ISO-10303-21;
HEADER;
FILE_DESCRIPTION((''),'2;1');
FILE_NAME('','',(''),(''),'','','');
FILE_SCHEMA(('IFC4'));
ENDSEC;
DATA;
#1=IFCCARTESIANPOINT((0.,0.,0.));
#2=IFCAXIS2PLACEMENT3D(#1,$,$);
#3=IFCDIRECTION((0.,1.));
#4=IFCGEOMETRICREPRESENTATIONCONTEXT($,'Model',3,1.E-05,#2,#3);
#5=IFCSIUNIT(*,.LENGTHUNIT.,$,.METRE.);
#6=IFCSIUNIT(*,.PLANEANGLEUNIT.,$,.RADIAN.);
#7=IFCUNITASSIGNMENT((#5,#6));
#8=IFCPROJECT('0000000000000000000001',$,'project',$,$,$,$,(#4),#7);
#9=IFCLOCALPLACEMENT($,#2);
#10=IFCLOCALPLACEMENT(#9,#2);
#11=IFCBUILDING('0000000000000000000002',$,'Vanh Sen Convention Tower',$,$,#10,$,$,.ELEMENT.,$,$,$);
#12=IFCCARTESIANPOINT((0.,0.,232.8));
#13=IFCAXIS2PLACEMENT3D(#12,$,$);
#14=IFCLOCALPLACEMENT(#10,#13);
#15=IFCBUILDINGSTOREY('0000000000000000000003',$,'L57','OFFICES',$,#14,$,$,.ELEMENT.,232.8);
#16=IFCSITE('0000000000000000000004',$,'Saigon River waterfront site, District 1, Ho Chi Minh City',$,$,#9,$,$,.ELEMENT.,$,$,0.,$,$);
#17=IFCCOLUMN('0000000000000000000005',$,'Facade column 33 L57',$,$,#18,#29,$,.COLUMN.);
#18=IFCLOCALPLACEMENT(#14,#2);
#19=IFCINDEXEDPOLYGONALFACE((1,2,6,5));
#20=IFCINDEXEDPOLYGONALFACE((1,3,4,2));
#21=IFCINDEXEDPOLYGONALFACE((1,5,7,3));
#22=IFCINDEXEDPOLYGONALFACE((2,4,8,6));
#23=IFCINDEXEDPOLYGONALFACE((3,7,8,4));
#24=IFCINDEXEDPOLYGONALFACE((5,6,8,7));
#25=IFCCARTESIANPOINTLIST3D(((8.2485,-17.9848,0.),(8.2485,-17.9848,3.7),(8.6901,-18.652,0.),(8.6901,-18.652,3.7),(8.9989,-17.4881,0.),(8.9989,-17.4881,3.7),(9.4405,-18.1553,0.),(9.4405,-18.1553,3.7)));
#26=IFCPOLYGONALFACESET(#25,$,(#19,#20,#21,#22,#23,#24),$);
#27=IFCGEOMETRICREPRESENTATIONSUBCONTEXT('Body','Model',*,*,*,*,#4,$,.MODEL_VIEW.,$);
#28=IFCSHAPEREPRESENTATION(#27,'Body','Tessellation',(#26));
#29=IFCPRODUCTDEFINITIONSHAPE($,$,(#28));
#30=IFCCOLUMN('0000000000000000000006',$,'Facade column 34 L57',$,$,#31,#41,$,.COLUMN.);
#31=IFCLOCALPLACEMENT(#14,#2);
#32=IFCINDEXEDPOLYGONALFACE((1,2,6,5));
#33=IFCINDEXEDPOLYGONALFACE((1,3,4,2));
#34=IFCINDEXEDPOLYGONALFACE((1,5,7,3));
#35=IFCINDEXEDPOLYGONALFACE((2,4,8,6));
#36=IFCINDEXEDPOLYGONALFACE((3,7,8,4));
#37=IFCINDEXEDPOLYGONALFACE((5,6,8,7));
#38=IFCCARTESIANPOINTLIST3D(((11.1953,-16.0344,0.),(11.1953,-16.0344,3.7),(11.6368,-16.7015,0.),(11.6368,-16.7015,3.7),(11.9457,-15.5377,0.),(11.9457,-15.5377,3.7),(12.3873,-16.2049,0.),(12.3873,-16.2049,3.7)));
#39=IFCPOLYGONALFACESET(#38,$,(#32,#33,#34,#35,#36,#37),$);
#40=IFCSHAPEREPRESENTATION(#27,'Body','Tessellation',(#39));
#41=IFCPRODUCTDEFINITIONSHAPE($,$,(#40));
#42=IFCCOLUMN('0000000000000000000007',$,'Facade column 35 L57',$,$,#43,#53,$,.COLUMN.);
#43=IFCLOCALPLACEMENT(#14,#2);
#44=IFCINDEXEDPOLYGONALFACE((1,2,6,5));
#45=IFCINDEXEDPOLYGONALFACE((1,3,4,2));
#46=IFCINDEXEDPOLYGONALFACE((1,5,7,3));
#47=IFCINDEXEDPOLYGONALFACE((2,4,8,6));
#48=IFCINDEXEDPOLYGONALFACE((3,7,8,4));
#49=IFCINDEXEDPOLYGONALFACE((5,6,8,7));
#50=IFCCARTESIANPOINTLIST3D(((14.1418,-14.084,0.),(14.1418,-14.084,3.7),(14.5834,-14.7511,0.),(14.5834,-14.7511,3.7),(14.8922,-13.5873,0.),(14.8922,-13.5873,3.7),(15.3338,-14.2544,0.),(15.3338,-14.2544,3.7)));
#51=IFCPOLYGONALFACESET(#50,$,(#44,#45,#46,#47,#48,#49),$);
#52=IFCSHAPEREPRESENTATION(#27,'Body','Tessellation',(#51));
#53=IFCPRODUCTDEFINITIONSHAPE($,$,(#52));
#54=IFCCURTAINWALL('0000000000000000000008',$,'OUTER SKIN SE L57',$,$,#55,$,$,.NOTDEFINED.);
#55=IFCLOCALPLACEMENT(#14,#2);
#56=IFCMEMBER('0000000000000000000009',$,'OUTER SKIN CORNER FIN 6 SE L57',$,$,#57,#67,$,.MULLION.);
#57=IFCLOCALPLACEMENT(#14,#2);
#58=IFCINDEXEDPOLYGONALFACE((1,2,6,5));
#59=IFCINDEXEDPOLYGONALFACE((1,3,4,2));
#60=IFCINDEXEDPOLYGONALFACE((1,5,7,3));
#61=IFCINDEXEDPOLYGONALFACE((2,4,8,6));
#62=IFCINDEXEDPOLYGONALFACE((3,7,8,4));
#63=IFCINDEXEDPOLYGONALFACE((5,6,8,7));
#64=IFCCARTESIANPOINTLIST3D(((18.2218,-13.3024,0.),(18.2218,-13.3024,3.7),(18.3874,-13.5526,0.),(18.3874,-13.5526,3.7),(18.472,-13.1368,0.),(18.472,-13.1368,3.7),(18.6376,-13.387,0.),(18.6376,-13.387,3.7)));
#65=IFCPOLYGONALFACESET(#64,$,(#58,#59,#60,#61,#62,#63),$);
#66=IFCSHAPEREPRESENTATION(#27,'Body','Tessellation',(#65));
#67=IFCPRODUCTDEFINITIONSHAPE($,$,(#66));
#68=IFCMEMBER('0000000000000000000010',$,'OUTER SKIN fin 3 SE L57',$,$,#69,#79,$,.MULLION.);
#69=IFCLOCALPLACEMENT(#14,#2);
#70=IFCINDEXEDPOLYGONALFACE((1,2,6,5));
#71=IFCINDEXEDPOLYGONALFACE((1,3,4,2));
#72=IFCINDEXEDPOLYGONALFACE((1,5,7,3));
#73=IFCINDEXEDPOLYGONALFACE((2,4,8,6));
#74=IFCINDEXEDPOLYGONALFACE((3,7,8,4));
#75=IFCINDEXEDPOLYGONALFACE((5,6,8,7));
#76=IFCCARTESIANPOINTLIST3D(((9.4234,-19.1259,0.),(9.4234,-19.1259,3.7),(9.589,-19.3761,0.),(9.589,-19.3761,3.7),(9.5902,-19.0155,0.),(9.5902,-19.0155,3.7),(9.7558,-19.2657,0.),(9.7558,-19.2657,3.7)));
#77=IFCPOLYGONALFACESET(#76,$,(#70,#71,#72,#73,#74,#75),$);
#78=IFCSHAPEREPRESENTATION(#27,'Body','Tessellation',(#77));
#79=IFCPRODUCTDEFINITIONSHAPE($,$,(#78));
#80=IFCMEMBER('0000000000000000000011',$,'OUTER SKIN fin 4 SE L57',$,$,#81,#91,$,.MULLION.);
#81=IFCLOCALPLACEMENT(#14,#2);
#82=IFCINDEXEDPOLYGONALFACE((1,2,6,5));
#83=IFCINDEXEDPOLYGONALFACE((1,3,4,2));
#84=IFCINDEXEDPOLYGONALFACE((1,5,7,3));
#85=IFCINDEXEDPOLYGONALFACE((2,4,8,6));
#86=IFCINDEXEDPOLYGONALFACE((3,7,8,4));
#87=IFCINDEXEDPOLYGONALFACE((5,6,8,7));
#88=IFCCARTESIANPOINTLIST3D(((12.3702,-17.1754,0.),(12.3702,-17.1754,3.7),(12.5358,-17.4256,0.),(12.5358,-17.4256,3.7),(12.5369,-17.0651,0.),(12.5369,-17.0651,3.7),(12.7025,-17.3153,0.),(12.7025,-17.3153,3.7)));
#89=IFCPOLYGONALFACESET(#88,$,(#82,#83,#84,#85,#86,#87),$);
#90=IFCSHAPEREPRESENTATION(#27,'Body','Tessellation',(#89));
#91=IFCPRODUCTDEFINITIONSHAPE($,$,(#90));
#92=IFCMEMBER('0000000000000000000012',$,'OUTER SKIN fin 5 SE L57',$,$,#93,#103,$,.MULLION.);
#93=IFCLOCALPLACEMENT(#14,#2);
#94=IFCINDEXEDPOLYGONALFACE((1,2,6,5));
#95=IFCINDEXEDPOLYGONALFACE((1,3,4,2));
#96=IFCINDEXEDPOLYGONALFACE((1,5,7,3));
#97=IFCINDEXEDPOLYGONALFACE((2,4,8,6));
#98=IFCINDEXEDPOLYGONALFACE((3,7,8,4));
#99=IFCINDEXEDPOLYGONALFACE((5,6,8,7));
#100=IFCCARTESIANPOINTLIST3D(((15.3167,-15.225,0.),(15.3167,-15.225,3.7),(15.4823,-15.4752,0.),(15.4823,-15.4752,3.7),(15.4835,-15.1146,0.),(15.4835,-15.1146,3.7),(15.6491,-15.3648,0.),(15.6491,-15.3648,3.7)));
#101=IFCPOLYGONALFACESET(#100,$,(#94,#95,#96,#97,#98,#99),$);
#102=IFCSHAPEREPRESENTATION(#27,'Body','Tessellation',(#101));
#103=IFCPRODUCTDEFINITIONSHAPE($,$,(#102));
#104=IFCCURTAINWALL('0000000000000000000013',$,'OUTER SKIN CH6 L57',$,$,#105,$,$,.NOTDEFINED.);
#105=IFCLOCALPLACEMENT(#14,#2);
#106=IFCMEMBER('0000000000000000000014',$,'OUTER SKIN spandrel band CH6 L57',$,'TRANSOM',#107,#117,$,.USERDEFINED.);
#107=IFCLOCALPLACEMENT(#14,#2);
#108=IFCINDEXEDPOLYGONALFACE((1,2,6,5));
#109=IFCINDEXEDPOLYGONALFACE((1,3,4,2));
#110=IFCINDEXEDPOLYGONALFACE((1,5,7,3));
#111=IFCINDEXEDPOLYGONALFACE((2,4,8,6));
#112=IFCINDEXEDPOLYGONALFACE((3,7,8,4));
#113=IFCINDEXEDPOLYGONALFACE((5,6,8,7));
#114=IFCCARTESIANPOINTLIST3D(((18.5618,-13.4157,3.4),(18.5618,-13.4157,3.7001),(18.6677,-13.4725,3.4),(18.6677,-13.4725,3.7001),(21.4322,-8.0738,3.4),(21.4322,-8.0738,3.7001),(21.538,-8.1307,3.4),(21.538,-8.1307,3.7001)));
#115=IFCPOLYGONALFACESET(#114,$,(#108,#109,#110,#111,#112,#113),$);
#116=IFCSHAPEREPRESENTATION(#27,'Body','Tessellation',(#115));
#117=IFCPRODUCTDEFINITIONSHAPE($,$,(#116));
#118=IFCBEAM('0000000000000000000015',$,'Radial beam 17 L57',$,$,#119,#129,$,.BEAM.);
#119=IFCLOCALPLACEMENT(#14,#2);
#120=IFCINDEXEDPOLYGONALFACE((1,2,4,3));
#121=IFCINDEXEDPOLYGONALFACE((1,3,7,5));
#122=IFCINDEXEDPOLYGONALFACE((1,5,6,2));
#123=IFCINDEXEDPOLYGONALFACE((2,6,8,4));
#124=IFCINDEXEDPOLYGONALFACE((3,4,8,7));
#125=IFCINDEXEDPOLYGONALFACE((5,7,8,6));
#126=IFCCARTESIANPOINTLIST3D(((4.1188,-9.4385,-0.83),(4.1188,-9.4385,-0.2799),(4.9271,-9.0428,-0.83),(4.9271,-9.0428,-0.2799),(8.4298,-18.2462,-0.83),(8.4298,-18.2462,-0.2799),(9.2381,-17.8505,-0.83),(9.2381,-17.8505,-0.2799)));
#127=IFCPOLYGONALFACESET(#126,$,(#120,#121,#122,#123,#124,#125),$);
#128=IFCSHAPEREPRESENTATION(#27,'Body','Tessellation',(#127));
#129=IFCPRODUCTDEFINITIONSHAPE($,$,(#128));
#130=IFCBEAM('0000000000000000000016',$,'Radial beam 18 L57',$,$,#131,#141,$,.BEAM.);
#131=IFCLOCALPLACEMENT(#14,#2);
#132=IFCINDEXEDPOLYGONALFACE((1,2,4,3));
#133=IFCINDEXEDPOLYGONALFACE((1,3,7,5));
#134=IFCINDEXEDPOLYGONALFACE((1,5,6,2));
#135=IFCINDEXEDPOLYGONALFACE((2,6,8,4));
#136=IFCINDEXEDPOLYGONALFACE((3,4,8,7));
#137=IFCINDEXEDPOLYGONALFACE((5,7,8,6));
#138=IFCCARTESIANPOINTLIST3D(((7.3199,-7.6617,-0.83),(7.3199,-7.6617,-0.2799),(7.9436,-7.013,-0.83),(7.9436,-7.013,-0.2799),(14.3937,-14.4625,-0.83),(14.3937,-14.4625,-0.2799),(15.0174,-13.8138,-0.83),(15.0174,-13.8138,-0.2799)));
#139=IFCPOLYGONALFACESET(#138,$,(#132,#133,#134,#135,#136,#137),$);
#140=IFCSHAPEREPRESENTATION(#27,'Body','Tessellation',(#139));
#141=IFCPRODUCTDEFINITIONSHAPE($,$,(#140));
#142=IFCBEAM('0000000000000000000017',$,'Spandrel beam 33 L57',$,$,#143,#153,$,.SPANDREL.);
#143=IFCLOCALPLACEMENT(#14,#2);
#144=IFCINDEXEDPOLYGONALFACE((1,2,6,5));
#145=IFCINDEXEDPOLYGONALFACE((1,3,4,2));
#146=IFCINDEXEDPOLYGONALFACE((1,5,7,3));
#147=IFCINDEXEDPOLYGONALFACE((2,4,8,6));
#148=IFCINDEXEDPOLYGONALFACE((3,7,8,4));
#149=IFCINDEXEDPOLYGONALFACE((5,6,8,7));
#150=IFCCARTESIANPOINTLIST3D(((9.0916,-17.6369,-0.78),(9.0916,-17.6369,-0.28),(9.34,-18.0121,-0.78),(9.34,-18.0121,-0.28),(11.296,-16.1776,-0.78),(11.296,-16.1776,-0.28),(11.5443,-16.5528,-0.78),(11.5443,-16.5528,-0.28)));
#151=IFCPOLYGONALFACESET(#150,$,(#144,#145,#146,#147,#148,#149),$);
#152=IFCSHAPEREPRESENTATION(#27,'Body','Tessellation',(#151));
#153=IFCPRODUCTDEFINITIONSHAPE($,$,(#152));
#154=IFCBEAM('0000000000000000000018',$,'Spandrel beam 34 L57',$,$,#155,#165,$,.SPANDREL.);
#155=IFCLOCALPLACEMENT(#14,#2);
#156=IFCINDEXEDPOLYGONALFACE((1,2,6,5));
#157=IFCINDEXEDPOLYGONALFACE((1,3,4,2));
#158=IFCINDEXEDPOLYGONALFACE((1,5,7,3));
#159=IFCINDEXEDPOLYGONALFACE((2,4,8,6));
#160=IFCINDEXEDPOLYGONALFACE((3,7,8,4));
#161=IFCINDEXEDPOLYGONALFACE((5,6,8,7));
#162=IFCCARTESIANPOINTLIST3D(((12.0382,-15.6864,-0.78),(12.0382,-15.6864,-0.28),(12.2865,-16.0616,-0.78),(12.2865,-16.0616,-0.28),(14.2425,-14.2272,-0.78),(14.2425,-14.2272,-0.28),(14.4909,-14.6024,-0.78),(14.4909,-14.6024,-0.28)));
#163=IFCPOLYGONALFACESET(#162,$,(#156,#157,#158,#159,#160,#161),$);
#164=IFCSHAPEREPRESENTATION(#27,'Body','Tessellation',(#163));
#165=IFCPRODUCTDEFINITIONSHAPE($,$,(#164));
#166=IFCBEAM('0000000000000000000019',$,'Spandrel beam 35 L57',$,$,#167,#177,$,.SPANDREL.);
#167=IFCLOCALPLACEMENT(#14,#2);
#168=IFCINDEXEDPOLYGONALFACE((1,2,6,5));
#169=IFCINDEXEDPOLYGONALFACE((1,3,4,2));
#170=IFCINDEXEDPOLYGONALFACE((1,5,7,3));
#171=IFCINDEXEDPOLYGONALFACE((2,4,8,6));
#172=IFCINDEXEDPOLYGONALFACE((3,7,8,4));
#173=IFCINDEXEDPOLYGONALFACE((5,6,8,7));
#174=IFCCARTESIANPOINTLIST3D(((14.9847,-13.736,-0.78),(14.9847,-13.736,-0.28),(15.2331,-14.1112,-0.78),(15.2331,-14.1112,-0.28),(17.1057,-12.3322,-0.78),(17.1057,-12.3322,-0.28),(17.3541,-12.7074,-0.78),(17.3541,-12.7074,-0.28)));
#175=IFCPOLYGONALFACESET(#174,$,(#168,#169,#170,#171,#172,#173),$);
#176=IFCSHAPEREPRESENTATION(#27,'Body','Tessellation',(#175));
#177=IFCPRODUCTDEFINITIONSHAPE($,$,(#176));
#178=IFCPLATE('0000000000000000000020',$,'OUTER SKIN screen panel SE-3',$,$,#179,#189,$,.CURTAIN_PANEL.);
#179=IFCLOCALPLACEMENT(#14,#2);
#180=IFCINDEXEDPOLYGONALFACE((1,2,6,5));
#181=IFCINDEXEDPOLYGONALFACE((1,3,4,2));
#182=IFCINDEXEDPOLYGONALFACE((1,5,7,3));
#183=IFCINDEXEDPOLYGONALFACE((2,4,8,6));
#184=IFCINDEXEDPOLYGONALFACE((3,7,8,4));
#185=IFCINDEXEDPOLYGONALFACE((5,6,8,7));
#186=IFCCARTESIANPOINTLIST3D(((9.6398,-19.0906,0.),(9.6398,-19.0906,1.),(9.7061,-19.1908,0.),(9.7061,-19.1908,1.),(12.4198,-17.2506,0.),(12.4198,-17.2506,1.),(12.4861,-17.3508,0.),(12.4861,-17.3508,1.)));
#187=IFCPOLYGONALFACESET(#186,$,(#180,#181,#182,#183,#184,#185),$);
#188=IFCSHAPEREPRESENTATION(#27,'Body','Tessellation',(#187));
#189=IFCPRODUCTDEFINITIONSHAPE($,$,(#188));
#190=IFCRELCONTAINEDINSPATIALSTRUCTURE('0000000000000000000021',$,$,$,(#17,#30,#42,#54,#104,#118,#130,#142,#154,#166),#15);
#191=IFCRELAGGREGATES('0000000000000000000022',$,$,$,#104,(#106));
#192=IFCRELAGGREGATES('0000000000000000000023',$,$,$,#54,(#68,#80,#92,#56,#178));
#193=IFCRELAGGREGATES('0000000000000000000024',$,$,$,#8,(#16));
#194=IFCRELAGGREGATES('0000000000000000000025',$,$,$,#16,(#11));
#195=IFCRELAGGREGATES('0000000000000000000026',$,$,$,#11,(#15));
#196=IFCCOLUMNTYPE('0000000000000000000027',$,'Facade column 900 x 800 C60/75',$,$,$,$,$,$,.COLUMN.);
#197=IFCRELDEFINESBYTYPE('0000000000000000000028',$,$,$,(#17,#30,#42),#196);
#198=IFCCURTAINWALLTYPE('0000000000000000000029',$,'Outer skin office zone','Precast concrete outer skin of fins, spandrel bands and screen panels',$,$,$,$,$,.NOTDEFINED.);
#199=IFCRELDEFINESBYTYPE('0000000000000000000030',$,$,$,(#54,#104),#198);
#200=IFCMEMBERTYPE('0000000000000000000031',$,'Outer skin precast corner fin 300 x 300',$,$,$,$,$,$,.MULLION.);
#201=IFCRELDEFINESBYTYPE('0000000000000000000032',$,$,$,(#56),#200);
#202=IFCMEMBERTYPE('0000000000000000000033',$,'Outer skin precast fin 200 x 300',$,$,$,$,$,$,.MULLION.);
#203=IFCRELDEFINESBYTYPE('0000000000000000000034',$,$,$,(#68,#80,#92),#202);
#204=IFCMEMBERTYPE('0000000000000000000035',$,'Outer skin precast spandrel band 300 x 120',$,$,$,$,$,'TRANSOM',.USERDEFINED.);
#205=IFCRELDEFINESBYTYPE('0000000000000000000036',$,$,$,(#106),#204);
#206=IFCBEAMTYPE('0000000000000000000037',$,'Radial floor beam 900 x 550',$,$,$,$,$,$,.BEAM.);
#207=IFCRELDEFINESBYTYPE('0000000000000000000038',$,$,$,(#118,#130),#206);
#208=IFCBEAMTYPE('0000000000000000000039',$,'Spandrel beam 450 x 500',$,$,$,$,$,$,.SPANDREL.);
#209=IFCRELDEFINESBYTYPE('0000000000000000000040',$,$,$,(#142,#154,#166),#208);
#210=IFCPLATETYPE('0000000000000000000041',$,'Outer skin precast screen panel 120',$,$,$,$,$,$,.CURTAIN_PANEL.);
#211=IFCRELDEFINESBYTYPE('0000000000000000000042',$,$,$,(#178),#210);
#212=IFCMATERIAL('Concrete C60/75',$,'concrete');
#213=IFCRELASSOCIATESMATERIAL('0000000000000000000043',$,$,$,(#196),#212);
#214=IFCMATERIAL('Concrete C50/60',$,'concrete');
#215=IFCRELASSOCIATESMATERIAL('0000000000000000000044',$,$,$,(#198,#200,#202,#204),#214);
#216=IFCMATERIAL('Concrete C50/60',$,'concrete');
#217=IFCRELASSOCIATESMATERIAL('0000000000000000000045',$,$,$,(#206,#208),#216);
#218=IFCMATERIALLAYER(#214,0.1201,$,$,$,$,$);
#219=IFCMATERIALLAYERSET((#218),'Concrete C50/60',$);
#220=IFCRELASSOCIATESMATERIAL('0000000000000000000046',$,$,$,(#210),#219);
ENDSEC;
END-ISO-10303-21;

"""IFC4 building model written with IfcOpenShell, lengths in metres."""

from ifc_helpers import new_model, si_unit, direction, frame, origin, origin_2d, place, context, subcontext, project, spatial, rectangle, extrude, material, layer, layer_set, material_profile, profile_set, type_object, element, aggregate, save


model = new_model("IFC4")

# Units and contexts
model_context = context("Model", 3, precision=1e-05, world=origin(), true_north=direction((0.0, 1.0)))
body_context = subcontext(model_context, "Body", "Model", "MODEL_VIEW")
ifc_project = project(units=[si_unit("LENGTHUNIT", "METRE"), si_unit("PLANEANGLEUNIT", "RADIAN")], contexts=[model_context])

# Site, building, storey
site_placement = place(None, origin())
site = spatial("IfcSite", under=ifc_project, at=site_placement, Name="Saigon River waterfront site, District 1, Ho Chi Minh City", CompositionType="ELEMENT", RefElevation=0.0)
building_placement = place(site_placement, origin())
building = spatial("IfcBuilding", under=site, at=building_placement, Name="Vanh Sen Convention Tower", CompositionType="ELEMENT")
storey_placement = place(building_placement, frame((0.0, 0.0, 232.8)))
storey = spatial("IfcBuildingStorey", under=building, at=storey_placement, Name="L57", Description="OFFICES", CompositionType="ELEMENT", Elevation=232.8)

# Columns
ifc_material_1 = material(Name="Concrete C60/75", Category="concrete")
ifc_material_profile_1 = material_profile(ifc_material_1, rectangle(XDim=0.8999, YDim=0.8, at=origin_2d()), Name="RC 900X800")
ifc_profile_set_1 = profile_set([ifc_material_profile_1], Name="Concrete C60/75")
column_type = type_object("IfcColumnType", Name="Facade column 900 x 800 C60/75", PredefinedType="COLUMN", material=ifc_profile_set_1)
for number, where, z_axis, x_axis, name in (
    (1, (8.8445, -18.0701, 0.0), (0.0, 0.0, 1.0), (0.833886, 0.551937, 0.0), "Facade column 33 L57"),
    (2, (11.7913, -16.1196, 0.0), (0.0, 0.0, 1.0), (0.833886, 0.551937, 0.0), "Facade column 34 L57"),
    (3, (14.7378, -14.1692, 0.0), (0.0, 0.0, 1.0), (0.833886, 0.551937, 0.0), "Facade column 35 L57"),
):
    element("IfcColumn", number, at=place(storey_placement, frame(where, z_axis=z_axis, x_axis=x_axis)), inside=storey, type_object=column_type, Name=name, PredefinedType="COLUMN", context=body_context, shape_type="SweptSolid", body=[
        extrude(rectangle(XDim=0.8999, YDim=0.8, at=origin_2d()), origin(), (0.0, 0.0, 1.0), 3.7),
    ])

# Curtain wall, members
ifc_material_2 = material(Name="Concrete C50/60", Category="concrete")
curtain_wall_type = type_object("IfcCurtainWallType", Name="Outer skin office zone", Description="Precast concrete outer skin of fins, spandrel bands and screen panels", PredefinedType="NOTDEFINED", material=ifc_material_2)
curtain_wall_1_placement = place(storey_placement, origin())
curtain_wall_1 = element("IfcCurtainWall", 4, at=curtain_wall_1_placement, inside=storey, type_object=curtain_wall_type, Name="OUTER SKIN SE L57", PredefinedType="NOTDEFINED")
ifc_material_profile_2 = material_profile(ifc_material_2, rectangle(XDim=0.3, YDim=0.3, at=origin_2d()), Name="Outer skin precast corner fin 300 x 300")
ifc_profile_set_2 = profile_set([ifc_material_profile_2], Name="Concrete C50/60")
member_type_1 = type_object("IfcMemberType", Name="Outer skin precast corner fin 300 x 300", PredefinedType="MULLION", material=ifc_profile_set_2)
member_1_placement = place(storey_placement, frame((18.4297, -13.3447, 0.0), z_axis=(0.0, 0.0, 1.0), x_axis=(0.833886, 0.551937, 0.0)))
member_1 = element("IfcMember", 5, at=member_1_placement, type_object=member_type_1, Name="OUTER SKIN CORNER FIN 6 SE L57", PredefinedType="MULLION", context=body_context, shape_type="SweptSolid", body=[
    extrude(rectangle(XDim=0.3, YDim=0.3, at=origin_2d()), origin(), (0.0, 0.0, 1.0), 3.7),
])
ifc_material_profile_3 = material_profile(ifc_material_2, rectangle(XDim=0.2, YDim=0.3, at=origin_2d()), Name="Outer skin precast fin 200 x 300")
ifc_profile_set_3 = profile_set([ifc_material_profile_3], Name="Concrete C50/60")
member_type_2 = type_object("IfcMemberType", Name="Outer skin precast fin 200 x 300", PredefinedType="MULLION", material=ifc_profile_set_3)
member_2_placement = place(storey_placement, frame((9.5896, -19.1958, 0.0), z_axis=(0.0, 0.0, 1.0), x_axis=(0.833886, 0.551937, 0.0)))
member_2 = element("IfcMember", 6, at=member_2_placement, type_object=member_type_2, Name="OUTER SKIN fin 3 SE L57", PredefinedType="MULLION", context=body_context, shape_type="SweptSolid", body=[
    extrude(rectangle(XDim=0.2, YDim=0.3, at=origin_2d()), origin(), (0.0, 0.0, 1.0), 3.7),
])
member_3_placement = place(storey_placement, frame((12.5364, -17.2454, 0.0), z_axis=(0.0, 0.0, 1.0), x_axis=(0.833886, 0.551937, 0.0)))
member_3 = element("IfcMember", 7, at=member_3_placement, type_object=member_type_2, Name="OUTER SKIN fin 4 SE L57", PredefinedType="MULLION", context=body_context, shape_type="SweptSolid", body=[
    extrude(rectangle(XDim=0.2, YDim=0.3, at=origin_2d()), origin(), (0.0, 0.0, 1.0), 3.7),
])
member_4_placement = place(storey_placement, frame((15.4829, -15.2949, 0.0), z_axis=(0.0, 0.0, 1.0), x_axis=(0.833886, 0.551937, 0.0)))
member_4 = element("IfcMember", 8, at=member_4_placement, type_object=member_type_2, Name="OUTER SKIN fin 5 SE L57", PredefinedType="MULLION", context=body_context, shape_type="SweptSolid", body=[
    extrude(rectangle(XDim=0.2, YDim=0.3, at=origin_2d()), origin(), (0.0, 0.0, 1.0), 3.7),
])

# Curtain wall, member
curtain_wall_2_placement = place(storey_placement, origin())
curtain_wall_2 = element("IfcCurtainWall", 9, at=curtain_wall_2_placement, inside=storey, type_object=curtain_wall_type, Name="OUTER SKIN CH6 L57", PredefinedType="NOTDEFINED")
ifc_material_profile_4 = material_profile(ifc_material_2, rectangle(XDim=0.1201, YDim=0.3, at=origin_2d()), Name="Outer skin precast spandrel band 300 x 120")
ifc_profile_set_4 = profile_set([ifc_material_profile_4], Name="Concrete C50/60")
member_type_3 = type_object("IfcMemberType", Name="Outer skin precast spandrel band 300 x 120", ElementType="TRANSOM", PredefinedType="USERDEFINED", material=ifc_profile_set_4)
member_5_placement = place(storey_placement, frame((18.6147, -13.4441, 3.55), z_axis=(0.473334, 0.880883, 0.0), x_axis=(-0.880883, 0.473334, 0.0)))
member_5 = element("IfcMember", 10, at=member_5_placement, type_object=member_type_3, Name="OUTER SKIN spandrel band CH6 L57", ObjectType="TRANSOM", PredefinedType="USERDEFINED", context=body_context, shape_type="SweptSolid", body=[
    extrude(rectangle(XDim=0.1201, YDim=0.3, at=origin_2d()), origin(), (0.0, 0.0, 1.0), 6.0642),
])
aggregate(curtain_wall_2, [member_5])

# Beams
ifc_material_3 = material(Name="Concrete C50/60", Category="concrete")
ifc_material_profile_5 = material_profile(ifc_material_3, rectangle(XDim=0.8999, YDim=0.55, at=origin_2d()), Name="RC 900X550")
ifc_profile_set_5 = profile_set([ifc_material_profile_5], Name="Concrete C50/60")
beam_type_1 = type_object("IfcBeamType", Name="Radial floor beam 900 x 550", PredefinedType="BEAM", material=ifc_profile_set_5)
beam_1_placement = place(storey_placement, frame((8.834, -18.0483, -0.5549), z_axis=(-0.439629, 0.898179, 0.0), x_axis=(-0.898179, -0.439629, 0.0)))
element("IfcBeam", 11, at=beam_1_placement, inside=storey, type_object=beam_type_1, Name="Radial beam 17 L57", PredefinedType="BEAM", context=body_context, shape_type="SweptSolid", body=[
    extrude(rectangle(XDim=0.8999, YDim=0.55, at=origin_2d()), origin(), (0.0, 0.0, 1.0), 9.8062),
])
beam_2_placement = place(storey_placement, frame((14.7056, -14.1382, -0.5549), z_axis=(-0.720878, 0.693062, 0.0), x_axis=(-0.693062, -0.720878, 0.0)))
element("IfcBeam", 12, at=beam_2_placement, inside=storey, type_object=beam_type_1, Name="Radial beam 18 L57", PredefinedType="BEAM", context=body_context, shape_type="SweptSolid", body=[
    extrude(rectangle(XDim=0.8999, YDim=0.55, at=origin_2d()), origin(), (0.0, 0.0, 1.0), 9.8127),
])
ifc_material_profile_6 = material_profile(ifc_material_3, rectangle(XDim=0.45, YDim=0.5, at=origin_2d()), Name="RC 450X500")
ifc_profile_set_6 = profile_set([ifc_material_profile_6], Name="Concrete C50/60")
beam_type_2 = type_object("IfcBeamType", Name="Spandrel beam 450 x 500", PredefinedType="SPANDREL", material=ifc_profile_set_6)
for number, where, z_axis, x_axis, name in (
    (13, (9.2158, -17.8245, -0.53), (0.83385, 0.551991, 0.0), (-0.551991, 0.83385, 0.0), "Spandrel beam 33 L57"),
    (14, (12.1624, -15.874, -0.53), (0.83385, 0.551991, 0.0), (-0.551991, 0.83385, 0.0), "Spandrel beam 34 L57"),
):
    element("IfcBeam", number, at=place(storey_placement, frame(where, z_axis=z_axis, x_axis=x_axis)), inside=storey, type_object=beam_type_2, Name=name, PredefinedType="SPANDREL", context=body_context, shape_type="SweptSolid", body=[
        extrude(rectangle(XDim=0.45, YDim=0.5, at=origin_2d()), origin(), (0.0, 0.0, 1.0), 2.6436),
    ])
beam_3_placement = place(storey_placement, frame((15.1089, -13.9236, -0.53), z_axis=(0.833906, 0.551906, 0.0), x_axis=(-0.551906, 0.833906, 0.0)))
element("IfcBeam", 15, at=beam_3_placement, inside=storey, type_object=beam_type_2, Name="Spandrel beam 35 L57", PredefinedType="SPANDREL", context=body_context, shape_type="SweptSolid", body=[
    extrude(rectangle(XDim=0.45, YDim=0.5, at=origin_2d()), origin(), (0.0, 0.0, 1.0), 2.5435),
])

# Plate
ifc_layer_1 = layer(ifc_material_2, 0.1201)
ifc_layer_set_1 = layer_set([ifc_layer_1], Name="Concrete C50/60")
plate_type = type_object("IfcPlateType", Name="Outer skin precast screen panel 120", PredefinedType="CURTAIN_PANEL", material=ifc_layer_set_1)
plate_1_placement = place(storey_placement, frame((11.063, -18.2207, 0.0), z_axis=(0.0, 0.0, 1.0), x_axis=(0.833896, 0.551921, 0.0)))
plate_1 = element("IfcPlate", 16, at=plate_1_placement, type_object=plate_type, Name="OUTER SKIN screen panel SE-3", PredefinedType="CURTAIN_PANEL", context=body_context, shape_type="SweptSolid", body=[
    extrude(rectangle(XDim=3.3337, YDim=0.1201, at=origin_2d()), origin(), (0.0, 0.0, 1.0), 1.0),
])
aggregate(curtain_wall_1, [member_2, member_3, member_4, member_1, plate_1])

save(model, "model.ifc")
